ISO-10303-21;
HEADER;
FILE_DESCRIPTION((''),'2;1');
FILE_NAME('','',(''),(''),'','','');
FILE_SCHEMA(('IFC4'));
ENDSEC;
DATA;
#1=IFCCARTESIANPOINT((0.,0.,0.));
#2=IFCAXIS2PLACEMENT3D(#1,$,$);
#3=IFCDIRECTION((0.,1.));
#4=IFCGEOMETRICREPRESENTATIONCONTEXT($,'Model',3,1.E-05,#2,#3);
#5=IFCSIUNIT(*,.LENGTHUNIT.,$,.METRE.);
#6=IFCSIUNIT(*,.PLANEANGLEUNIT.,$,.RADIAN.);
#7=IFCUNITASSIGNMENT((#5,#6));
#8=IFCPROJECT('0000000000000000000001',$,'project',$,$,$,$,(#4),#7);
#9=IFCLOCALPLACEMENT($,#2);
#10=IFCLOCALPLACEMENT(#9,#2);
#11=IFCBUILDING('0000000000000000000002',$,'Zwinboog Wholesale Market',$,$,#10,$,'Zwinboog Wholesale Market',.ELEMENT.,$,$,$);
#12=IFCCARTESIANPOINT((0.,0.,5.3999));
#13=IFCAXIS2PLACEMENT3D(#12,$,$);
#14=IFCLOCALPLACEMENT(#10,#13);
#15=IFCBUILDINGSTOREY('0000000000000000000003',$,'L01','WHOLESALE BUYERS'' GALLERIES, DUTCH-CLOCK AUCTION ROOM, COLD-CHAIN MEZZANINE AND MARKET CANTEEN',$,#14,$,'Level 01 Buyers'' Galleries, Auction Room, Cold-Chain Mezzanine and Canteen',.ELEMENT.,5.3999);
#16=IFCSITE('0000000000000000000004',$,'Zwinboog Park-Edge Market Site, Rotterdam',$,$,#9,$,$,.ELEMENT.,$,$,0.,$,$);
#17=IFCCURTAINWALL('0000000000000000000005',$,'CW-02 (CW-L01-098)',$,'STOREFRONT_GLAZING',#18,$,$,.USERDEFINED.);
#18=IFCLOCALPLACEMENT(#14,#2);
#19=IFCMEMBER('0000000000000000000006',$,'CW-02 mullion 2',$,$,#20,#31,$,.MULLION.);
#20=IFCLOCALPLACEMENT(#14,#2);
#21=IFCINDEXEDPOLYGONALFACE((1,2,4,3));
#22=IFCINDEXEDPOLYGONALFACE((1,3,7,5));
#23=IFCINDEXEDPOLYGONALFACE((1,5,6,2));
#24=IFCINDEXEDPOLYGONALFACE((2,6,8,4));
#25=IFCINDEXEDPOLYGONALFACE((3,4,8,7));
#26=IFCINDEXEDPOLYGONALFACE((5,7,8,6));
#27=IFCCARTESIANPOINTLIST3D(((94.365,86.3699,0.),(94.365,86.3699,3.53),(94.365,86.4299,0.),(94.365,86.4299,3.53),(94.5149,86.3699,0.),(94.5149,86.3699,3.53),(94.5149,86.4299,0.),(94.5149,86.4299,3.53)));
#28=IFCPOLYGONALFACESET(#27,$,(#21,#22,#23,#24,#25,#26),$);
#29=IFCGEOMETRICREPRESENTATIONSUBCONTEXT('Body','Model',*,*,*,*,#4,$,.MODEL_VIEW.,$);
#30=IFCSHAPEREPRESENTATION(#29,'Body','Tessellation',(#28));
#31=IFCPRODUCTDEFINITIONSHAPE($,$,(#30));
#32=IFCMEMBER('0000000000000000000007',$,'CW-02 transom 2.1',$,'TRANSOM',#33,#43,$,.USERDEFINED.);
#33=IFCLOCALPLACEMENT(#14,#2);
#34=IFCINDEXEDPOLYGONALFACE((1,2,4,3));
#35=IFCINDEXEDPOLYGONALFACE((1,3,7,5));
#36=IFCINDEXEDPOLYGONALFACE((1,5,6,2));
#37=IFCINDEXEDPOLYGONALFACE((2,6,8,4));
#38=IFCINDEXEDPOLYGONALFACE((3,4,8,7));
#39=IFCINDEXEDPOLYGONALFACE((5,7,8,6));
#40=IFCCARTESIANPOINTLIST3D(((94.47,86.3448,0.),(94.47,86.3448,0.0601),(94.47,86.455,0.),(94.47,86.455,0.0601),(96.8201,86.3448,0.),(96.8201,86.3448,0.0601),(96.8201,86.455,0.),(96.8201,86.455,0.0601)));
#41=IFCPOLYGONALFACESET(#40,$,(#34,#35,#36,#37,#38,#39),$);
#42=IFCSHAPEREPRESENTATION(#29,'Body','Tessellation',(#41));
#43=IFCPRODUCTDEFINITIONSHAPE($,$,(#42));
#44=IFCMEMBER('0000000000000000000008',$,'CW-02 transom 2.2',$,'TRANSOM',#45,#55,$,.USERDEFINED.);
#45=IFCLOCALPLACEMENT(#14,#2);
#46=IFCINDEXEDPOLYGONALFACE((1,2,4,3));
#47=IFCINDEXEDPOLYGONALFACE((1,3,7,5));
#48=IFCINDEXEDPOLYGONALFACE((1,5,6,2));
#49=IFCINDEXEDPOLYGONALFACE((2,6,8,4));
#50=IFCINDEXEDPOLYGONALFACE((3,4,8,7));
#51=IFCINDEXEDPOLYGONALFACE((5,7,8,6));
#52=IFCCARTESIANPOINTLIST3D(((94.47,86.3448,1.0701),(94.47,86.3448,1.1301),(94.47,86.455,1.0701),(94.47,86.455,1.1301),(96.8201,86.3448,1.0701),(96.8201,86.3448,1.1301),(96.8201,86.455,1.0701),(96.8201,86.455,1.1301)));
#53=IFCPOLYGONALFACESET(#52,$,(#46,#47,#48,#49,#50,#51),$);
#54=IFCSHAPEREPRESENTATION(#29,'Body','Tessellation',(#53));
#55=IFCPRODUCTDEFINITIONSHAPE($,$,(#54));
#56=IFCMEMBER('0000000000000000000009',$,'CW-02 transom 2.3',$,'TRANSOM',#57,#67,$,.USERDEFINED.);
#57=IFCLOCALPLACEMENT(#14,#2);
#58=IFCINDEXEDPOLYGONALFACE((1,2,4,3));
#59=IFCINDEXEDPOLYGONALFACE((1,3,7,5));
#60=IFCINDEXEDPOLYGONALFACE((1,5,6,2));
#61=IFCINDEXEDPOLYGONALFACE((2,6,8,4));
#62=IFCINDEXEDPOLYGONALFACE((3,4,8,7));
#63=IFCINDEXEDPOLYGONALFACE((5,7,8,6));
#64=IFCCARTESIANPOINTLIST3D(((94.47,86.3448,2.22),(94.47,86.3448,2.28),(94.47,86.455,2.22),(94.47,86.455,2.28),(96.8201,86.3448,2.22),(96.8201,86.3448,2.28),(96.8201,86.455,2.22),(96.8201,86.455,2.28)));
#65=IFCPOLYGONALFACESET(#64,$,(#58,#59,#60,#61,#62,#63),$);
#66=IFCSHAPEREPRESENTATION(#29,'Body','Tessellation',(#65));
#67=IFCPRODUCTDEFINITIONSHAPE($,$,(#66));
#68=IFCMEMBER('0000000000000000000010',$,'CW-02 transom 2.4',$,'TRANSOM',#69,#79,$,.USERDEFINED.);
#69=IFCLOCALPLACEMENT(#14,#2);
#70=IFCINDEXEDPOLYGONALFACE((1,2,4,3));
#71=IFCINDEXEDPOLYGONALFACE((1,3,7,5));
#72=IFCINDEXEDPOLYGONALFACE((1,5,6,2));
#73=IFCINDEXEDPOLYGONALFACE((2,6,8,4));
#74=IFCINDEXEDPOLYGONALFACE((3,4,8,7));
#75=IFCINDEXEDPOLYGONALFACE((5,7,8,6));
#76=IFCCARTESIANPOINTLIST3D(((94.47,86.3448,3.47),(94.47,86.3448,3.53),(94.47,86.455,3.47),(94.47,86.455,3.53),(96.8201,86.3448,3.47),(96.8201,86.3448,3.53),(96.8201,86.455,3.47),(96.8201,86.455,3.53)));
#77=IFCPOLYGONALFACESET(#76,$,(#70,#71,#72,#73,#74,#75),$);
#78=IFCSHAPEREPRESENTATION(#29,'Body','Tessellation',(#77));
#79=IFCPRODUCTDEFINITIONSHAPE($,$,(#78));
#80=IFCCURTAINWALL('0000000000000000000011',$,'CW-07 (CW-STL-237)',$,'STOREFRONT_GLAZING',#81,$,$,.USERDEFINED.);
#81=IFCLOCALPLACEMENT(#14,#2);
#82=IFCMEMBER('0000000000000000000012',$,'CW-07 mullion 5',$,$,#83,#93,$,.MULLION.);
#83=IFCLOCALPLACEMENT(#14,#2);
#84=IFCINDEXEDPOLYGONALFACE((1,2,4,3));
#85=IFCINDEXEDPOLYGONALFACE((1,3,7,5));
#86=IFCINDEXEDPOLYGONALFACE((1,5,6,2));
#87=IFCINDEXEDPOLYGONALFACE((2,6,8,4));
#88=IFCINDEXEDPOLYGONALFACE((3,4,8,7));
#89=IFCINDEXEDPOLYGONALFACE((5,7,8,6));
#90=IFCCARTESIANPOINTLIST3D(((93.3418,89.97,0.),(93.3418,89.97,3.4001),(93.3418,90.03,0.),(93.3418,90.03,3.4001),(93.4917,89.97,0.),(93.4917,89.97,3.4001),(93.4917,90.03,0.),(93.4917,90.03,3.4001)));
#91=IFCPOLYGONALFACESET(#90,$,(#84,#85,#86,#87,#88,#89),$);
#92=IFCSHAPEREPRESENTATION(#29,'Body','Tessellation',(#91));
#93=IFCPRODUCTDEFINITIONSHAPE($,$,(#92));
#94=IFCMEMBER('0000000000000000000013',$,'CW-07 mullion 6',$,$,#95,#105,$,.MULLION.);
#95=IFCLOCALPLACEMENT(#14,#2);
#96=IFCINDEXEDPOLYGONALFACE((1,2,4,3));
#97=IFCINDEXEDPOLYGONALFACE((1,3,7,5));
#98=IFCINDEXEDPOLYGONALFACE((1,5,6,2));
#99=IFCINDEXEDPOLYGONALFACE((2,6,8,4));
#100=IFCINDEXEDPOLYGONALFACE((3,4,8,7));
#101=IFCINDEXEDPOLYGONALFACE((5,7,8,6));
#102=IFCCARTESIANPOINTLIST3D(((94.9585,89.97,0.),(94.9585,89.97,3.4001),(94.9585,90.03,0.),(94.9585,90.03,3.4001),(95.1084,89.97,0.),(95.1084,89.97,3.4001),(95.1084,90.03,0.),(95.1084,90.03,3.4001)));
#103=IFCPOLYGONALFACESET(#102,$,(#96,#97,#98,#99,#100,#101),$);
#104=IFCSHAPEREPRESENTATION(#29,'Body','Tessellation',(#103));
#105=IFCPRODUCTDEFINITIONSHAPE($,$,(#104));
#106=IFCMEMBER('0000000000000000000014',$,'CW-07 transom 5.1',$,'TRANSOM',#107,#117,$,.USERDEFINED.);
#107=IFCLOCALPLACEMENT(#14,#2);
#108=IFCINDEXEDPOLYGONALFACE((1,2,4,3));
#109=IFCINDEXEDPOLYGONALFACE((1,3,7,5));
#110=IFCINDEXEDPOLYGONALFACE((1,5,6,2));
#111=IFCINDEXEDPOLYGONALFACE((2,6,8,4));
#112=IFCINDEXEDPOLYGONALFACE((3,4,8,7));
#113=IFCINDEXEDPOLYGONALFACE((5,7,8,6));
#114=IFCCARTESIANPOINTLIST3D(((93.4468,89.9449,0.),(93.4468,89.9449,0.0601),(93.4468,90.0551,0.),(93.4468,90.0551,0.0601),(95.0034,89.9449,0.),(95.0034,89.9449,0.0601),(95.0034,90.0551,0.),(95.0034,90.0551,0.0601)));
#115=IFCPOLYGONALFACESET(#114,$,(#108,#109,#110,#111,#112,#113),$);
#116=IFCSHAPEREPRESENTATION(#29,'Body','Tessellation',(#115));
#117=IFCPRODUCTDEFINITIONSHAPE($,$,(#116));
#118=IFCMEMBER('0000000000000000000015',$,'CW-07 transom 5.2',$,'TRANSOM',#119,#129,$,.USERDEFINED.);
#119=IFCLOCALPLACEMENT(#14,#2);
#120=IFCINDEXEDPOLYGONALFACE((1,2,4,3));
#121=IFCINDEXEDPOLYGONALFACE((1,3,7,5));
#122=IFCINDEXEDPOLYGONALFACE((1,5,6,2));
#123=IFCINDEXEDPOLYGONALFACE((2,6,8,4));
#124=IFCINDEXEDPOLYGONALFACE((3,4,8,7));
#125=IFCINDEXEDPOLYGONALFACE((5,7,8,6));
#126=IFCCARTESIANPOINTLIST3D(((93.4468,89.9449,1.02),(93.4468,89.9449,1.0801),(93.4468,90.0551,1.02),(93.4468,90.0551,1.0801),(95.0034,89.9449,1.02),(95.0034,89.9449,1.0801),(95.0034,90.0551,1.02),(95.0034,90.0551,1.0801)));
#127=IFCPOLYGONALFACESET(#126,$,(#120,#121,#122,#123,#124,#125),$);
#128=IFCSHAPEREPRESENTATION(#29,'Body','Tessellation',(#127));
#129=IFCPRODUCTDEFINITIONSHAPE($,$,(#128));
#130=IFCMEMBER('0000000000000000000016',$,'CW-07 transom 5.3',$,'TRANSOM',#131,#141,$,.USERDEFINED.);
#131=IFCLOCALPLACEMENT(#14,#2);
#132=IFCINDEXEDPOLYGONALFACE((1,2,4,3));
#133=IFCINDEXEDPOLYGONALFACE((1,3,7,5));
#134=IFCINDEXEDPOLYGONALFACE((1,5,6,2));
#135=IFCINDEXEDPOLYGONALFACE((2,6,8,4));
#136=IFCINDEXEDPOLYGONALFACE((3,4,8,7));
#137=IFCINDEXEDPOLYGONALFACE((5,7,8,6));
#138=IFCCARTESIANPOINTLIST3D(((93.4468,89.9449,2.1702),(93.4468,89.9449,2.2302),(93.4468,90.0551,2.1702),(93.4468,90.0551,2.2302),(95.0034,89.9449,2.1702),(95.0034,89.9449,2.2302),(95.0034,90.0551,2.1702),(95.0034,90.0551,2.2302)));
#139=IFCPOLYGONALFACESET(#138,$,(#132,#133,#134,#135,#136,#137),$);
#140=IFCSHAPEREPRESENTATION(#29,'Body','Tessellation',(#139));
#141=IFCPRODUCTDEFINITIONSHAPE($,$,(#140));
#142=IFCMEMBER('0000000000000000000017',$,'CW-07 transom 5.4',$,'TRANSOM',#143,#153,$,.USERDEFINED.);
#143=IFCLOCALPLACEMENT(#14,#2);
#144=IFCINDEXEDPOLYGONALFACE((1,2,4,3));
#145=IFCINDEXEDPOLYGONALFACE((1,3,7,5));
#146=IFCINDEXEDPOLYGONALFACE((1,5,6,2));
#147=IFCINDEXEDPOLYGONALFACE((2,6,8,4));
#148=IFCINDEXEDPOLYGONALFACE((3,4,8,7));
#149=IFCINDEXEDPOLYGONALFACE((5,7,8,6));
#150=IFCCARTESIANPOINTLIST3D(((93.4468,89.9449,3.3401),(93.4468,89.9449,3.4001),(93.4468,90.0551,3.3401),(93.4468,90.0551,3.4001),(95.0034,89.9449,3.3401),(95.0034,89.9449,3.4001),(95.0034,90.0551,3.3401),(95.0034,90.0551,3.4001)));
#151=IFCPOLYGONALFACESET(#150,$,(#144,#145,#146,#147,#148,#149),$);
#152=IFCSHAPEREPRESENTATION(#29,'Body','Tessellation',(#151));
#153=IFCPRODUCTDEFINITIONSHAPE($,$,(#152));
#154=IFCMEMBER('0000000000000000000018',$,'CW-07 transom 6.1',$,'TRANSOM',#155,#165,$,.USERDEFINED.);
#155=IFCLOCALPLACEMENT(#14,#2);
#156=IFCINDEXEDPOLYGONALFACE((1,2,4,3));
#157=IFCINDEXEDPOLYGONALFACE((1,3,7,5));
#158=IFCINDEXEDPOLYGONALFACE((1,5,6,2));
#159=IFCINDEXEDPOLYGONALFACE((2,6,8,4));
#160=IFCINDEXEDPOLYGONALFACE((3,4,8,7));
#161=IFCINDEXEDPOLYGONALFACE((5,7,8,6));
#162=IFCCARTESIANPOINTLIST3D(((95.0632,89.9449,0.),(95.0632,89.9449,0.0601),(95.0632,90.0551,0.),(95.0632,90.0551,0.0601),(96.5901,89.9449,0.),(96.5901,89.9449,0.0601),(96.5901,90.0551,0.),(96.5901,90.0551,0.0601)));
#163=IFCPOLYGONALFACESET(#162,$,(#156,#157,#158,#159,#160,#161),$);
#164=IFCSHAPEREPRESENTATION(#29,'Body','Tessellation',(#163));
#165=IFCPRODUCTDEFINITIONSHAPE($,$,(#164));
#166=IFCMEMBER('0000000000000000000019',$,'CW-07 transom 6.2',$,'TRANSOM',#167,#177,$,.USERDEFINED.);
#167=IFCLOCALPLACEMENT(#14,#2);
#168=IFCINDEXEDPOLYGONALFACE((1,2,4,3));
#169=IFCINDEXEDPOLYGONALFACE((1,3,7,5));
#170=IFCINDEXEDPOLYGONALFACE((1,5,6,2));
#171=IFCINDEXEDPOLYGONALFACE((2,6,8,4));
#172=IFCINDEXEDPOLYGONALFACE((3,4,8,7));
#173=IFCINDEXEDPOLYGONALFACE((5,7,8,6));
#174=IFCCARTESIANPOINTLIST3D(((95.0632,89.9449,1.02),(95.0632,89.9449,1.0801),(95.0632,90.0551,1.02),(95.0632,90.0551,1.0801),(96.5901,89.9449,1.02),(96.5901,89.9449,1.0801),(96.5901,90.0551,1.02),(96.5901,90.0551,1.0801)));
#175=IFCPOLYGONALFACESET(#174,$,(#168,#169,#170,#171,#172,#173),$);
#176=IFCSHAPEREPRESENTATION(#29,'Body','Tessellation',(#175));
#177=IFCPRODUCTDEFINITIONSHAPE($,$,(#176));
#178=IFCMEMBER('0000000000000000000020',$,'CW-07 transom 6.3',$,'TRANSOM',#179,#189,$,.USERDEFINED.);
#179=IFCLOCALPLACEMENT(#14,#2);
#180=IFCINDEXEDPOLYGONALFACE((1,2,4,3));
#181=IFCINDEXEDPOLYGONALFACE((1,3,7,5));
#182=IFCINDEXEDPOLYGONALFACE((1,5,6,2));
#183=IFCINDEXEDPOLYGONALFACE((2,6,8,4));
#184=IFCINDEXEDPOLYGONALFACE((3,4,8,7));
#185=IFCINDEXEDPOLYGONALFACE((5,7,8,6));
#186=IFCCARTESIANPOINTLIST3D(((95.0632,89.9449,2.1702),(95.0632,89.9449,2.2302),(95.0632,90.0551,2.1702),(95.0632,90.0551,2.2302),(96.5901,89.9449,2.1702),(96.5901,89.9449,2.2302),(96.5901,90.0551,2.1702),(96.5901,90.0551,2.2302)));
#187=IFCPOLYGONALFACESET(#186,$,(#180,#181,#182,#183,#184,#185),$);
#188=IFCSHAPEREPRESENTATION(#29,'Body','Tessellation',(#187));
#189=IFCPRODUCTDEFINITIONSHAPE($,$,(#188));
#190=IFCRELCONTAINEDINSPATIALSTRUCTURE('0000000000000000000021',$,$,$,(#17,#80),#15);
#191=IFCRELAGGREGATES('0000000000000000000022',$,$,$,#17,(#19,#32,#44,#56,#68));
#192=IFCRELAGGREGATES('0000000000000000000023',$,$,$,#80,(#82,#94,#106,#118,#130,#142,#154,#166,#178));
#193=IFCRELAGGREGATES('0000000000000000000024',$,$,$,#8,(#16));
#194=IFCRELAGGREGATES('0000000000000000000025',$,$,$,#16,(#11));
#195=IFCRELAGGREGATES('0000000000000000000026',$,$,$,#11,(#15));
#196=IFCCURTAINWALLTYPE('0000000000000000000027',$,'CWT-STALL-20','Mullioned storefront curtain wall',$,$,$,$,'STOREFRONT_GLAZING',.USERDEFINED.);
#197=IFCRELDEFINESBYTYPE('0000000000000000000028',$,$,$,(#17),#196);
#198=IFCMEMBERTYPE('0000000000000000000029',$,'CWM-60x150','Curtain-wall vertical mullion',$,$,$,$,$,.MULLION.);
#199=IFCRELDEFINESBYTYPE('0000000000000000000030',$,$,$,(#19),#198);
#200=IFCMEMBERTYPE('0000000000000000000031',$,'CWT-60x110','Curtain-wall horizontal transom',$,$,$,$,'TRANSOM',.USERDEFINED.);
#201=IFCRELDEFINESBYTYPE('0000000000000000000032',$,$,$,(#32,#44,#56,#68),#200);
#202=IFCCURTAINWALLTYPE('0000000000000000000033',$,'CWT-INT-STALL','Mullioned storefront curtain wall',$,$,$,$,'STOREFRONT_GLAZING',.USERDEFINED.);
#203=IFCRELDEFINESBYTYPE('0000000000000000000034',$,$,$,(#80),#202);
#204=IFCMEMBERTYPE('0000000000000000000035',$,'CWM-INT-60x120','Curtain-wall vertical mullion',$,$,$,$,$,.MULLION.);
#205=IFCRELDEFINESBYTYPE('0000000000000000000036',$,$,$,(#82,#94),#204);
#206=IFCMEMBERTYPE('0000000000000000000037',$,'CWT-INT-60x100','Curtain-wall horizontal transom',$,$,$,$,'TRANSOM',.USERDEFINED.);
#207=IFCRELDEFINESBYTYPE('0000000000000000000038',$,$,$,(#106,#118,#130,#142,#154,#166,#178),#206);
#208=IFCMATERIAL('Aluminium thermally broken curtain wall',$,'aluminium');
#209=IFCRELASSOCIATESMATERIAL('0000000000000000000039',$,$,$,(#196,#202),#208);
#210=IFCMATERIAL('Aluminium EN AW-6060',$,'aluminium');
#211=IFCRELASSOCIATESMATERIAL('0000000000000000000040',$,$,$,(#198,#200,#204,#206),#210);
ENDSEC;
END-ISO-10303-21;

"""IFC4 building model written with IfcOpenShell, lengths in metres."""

from ifc_helpers import new_model, si_unit, direction, frame, origin, origin_2d, place, context, subcontext, project, spatial, rectangle, extrude, material, material_profile, profile_set, type_object, element, aggregate, save


model = new_model("IFC4")

# Units and contexts
model_context = context("Model", 3, precision=1e-05, world=origin(), true_north=direction((0.0, 1.0)))
body_context = subcontext(model_context, "Body", "Model", "MODEL_VIEW")
ifc_project = project(units=[si_unit("LENGTHUNIT", "METRE"), si_unit("PLANEANGLEUNIT", "RADIAN")], contexts=[model_context])

# Site, building, storey
site_placement = place(None, origin())
site = spatial("IfcSite", under=ifc_project, at=site_placement, Name="Zwinboog Park-Edge Market Site, Rotterdam", CompositionType="ELEMENT", RefElevation=0.0)
building_placement = place(site_placement, origin())
building = spatial("IfcBuilding", under=site, at=building_placement, Name="Zwinboog Wholesale Market", LongName="Zwinboog Wholesale Market", CompositionType="ELEMENT")
storey_placement = place(building_placement, frame((0.0, 0.0, 5.3999)))
storey = spatial("IfcBuildingStorey", under=building, at=storey_placement, Name="L01", Description="WHOLESALE BUYERS' GALLERIES, DUTCH-CLOCK AUCTION ROOM, COLD-CHAIN MEZZANINE AND MARKET CANTEEN", LongName="Level 01 Buyers' Galleries, Auction Room, Cold-Chain Mezzanine and Canteen", CompositionType="ELEMENT", Elevation=5.3999)

# Curtain walls, members
ifc_material_1 = material(Name="Aluminium thermally broken curtain wall", Category="aluminium")
curtain_wall_type_1 = type_object("IfcCurtainWallType", Name="CWT-STALL-20", Description="Mullioned storefront curtain wall", ElementType="STOREFRONT_GLAZING", PredefinedType="USERDEFINED", material=ifc_material_1)
curtain_wall_1_placement = place(storey_placement, origin())
curtain_wall_1 = element("IfcCurtainWall", 1, at=curtain_wall_1_placement, inside=storey, type_object=curtain_wall_type_1, Name="CW-02 (CW-L01-098)", ObjectType="STOREFRONT_GLAZING", PredefinedType="USERDEFINED")
ifc_material_2 = material(Name="Aluminium EN AW-6060", Category="aluminium")
ifc_material_profile_1 = material_profile(ifc_material_2, rectangle(XDim=0.0601, YDim=0.1499, at=origin_2d()), Name="AL 60x150")
ifc_profile_set_1 = profile_set([ifc_material_profile_1], Name="Aluminium EN AW-6060")
member_type_1 = type_object("IfcMemberType", Name="CWM-60x150", Description="Curtain-wall vertical mullion", PredefinedType="MULLION", material=ifc_profile_set_1)
member_1_placement = place(storey_placement, frame((94.4399, 86.3999, 0.0), z_axis=(0.0, 0.0, 1.0), x_axis=(0.0, 1.0, 0.0)))
member_1 = element("IfcMember", 2, at=member_1_placement, type_object=member_type_1, Name="CW-02 mullion 2", PredefinedType="MULLION", context=body_context, shape_type="SweptSolid", body=[
    extrude(rectangle(XDim=0.0601, YDim=0.1499, at=origin_2d()), origin(), (0.0, 0.0, 1.0), 3.53),
])
ifc_material_profile_2 = material_profile(ifc_material_2, rectangle(XDim=0.1101, YDim=0.0601, at=origin_2d()), Name="AL 60x110")
ifc_profile_set_2 = profile_set([ifc_material_profile_2], Name="Aluminium EN AW-6060")
member_type_2 = type_object("IfcMemberType", Name="CWT-60x110", Description="Curtain-wall horizontal transom", ElementType="TRANSOM", PredefinedType="USERDEFINED", material=ifc_profile_set_2)
member_2_placement = place(storey_placement, frame((94.47, 86.3999, 0.03), z_axis=(1.0, 0.0, 0.0), x_axis=(0.0, 1.0, 0.0)))
member_2 = element("IfcMember", 3, at=member_2_placement, type_object=member_type_2, Name="CW-02 transom 2.1", ObjectType="TRANSOM", PredefinedType="USERDEFINED", context=body_context, shape_type="SweptSolid", body=[
    extrude(rectangle(XDim=0.1101, YDim=0.0601, at=origin_2d()), origin(), (0.0, 0.0, 1.0), 2.3501),
])
member_3_placement = place(storey_placement, frame((94.47, 86.3999, 1.1001), z_axis=(1.0, 0.0, 0.0), x_axis=(0.0, 1.0, 0.0)))
member_3 = element("IfcMember", 4, at=member_3_placement, type_object=member_type_2, Name="CW-02 transom 2.2", ObjectType="TRANSOM", PredefinedType="USERDEFINED", context=body_context, shape_type="SweptSolid", body=[
    extrude(rectangle(XDim=0.1101, YDim=0.0601, at=origin_2d()), origin(), (0.0, 0.0, 1.0), 2.3501),
])
member_4_placement = place(storey_placement, frame((94.47, 86.3999, 2.25), z_axis=(1.0, 0.0, 0.0), x_axis=(0.0, 1.0, 0.0)))
member_4 = element("IfcMember", 5, at=member_4_placement, type_object=member_type_2, Name="CW-02 transom 2.3", ObjectType="TRANSOM", PredefinedType="USERDEFINED", context=body_context, shape_type="SweptSolid", body=[
    extrude(rectangle(XDim=0.1101, YDim=0.0601, at=origin_2d()), origin(), (0.0, 0.0, 1.0), 2.3501),
])
member_5_placement = place(storey_placement, frame((94.47, 86.3999, 3.5), z_axis=(1.0, 0.0, 0.0), x_axis=(0.0, 1.0, 0.0)))
member_5 = element("IfcMember", 6, at=member_5_placement, type_object=member_type_2, Name="CW-02 transom 2.4", ObjectType="TRANSOM", PredefinedType="USERDEFINED", context=body_context, shape_type="SweptSolid", body=[
    extrude(rectangle(XDim=0.1101, YDim=0.0601, at=origin_2d()), origin(), (0.0, 0.0, 1.0), 2.3501),
])
curtain_wall_type_2 = type_object("IfcCurtainWallType", Name="CWT-INT-STALL", Description="Mullioned storefront curtain wall", ElementType="STOREFRONT_GLAZING", PredefinedType="USERDEFINED", material=ifc_material_1)
curtain_wall_2_placement = place(storey_placement, origin())
curtain_wall_2 = element("IfcCurtainWall", 7, at=curtain_wall_2_placement, inside=storey, type_object=curtain_wall_type_2, Name="CW-07 (CW-STL-237)", ObjectType="STOREFRONT_GLAZING", PredefinedType="USERDEFINED")
ifc_material_profile_3 = material_profile(ifc_material_2, rectangle(XDim=0.0601, YDim=0.1499, at=origin_2d()), Name="AL 60x150")
ifc_profile_set_3 = profile_set([ifc_material_profile_3], Name="Aluminium EN AW-6060")
member_type_3 = type_object("IfcMemberType", Name="CWM-INT-60x120", Description="Curtain-wall vertical mullion", PredefinedType="MULLION", material=ifc_profile_set_3)
member_6_placement = place(storey_placement, frame((93.4167, 90.0, 0.0), z_axis=(0.0, 0.0, 1.0), x_axis=(0.0, 1.0, 0.0)))
member_6 = element("IfcMember", 8, at=member_6_placement, type_object=member_type_3, Name="CW-07 mullion 5", PredefinedType="MULLION", context=body_context, shape_type="SweptSolid", body=[
    extrude(rectangle(XDim=0.0601, YDim=0.1499, at=origin_2d()), origin(), (0.0, 0.0, 1.0), 3.4001),
])
member_7_placement = place(storey_placement, frame((95.0334, 90.0, 0.0), z_axis=(0.0, 0.0, 1.0), x_axis=(0.0, 1.0, 0.0)))
member_7 = element("IfcMember", 9, at=member_7_placement, type_object=member_type_3, Name="CW-07 mullion 6", PredefinedType="MULLION", context=body_context, shape_type="SweptSolid", body=[
    extrude(rectangle(XDim=0.0601, YDim=0.1499, at=origin_2d()), origin(), (0.0, 0.0, 1.0), 3.4001),
])
ifc_material_profile_4 = material_profile(ifc_material_2, rectangle(XDim=0.1101, YDim=0.0601, at=origin_2d()), Name="AL 60x110")
ifc_profile_set_4 = profile_set([ifc_material_profile_4], Name="Aluminium EN AW-6060")
member_type_4 = type_object("IfcMemberType", Name="CWT-INT-60x100", Description="Curtain-wall horizontal transom", ElementType="TRANSOM", PredefinedType="USERDEFINED", material=ifc_profile_set_4)
member_8_placement = place(storey_placement, frame((93.4468, 90.0, 0.03), z_axis=(1.0, 0.0, 0.0), x_axis=(0.0, 1.0, 0.0)))
member_8 = element("IfcMember", 10, at=member_8_placement, type_object=member_type_4, Name="CW-07 transom 5.1", ObjectType="TRANSOM", PredefinedType="USERDEFINED", context=body_context, shape_type="SweptSolid", body=[
    extrude(rectangle(XDim=0.1101, YDim=0.0601, at=origin_2d()), origin(), (0.0, 0.0, 1.0), 1.5566),
])
member_9_placement = place(storey_placement, frame((93.4468, 90.0, 1.05), z_axis=(1.0, 0.0, 0.0), x_axis=(0.0, 1.0, 0.0)))
member_9 = element("IfcMember", 11, at=member_9_placement, type_object=member_type_4, Name="CW-07 transom 5.2", ObjectType="TRANSOM", PredefinedType="USERDEFINED", context=body_context, shape_type="SweptSolid", body=[
    extrude(rectangle(XDim=0.1101, YDim=0.0601, at=origin_2d()), origin(), (0.0, 0.0, 1.0), 1.5566),
])
member_10_placement = place(storey_placement, frame((93.4468, 90.0, 2.2002), z_axis=(1.0, 0.0, 0.0), x_axis=(0.0, 1.0, 0.0)))
member_10 = element("IfcMember", 12, at=member_10_placement, type_object=member_type_4, Name="CW-07 transom 5.3", ObjectType="TRANSOM", PredefinedType="USERDEFINED", context=body_context, shape_type="SweptSolid", body=[
    extrude(rectangle(XDim=0.1101, YDim=0.0601, at=origin_2d()), origin(), (0.0, 0.0, 1.0), 1.5566),
])
member_11_placement = place(storey_placement, frame((93.4468, 90.0, 3.3701), z_axis=(1.0, 0.0, 0.0), x_axis=(0.0, 1.0, 0.0)))
member_11 = element("IfcMember", 13, at=member_11_placement, type_object=member_type_4, Name="CW-07 transom 5.4", ObjectType="TRANSOM", PredefinedType="USERDEFINED", context=body_context, shape_type="SweptSolid", body=[
    extrude(rectangle(XDim=0.1101, YDim=0.0601, at=origin_2d()), origin(), (0.0, 0.0, 1.0), 1.5566),
])
member_12_placement = place(storey_placement, frame((95.0632, 90.0, 0.03), z_axis=(1.0, 0.0, 0.0), x_axis=(0.0, 1.0, 0.0)))
member_12 = element("IfcMember", 14, at=member_12_placement, type_object=member_type_4, Name="CW-07 transom 6.1", ObjectType="TRANSOM", PredefinedType="USERDEFINED", context=body_context, shape_type="SweptSolid", body=[
    extrude(rectangle(XDim=0.1101, YDim=0.0601, at=origin_2d()), origin(), (0.0, 0.0, 1.0), 1.5269),
])
member_13_placement = place(storey_placement, frame((95.0632, 90.0, 1.05), z_axis=(1.0, 0.0, 0.0), x_axis=(0.0, 1.0, 0.0)))
member_13 = element("IfcMember", 15, at=member_13_placement, type_object=member_type_4, Name="CW-07 transom 6.2", ObjectType="TRANSOM", PredefinedType="USERDEFINED", context=body_context, shape_type="SweptSolid", body=[
    extrude(rectangle(XDim=0.1101, YDim=0.0601, at=origin_2d()), origin(), (0.0, 0.0, 1.0), 1.5269),
])
member_14_placement = place(storey_placement, frame((95.0632, 90.0, 2.2002), z_axis=(1.0, 0.0, 0.0), x_axis=(0.0, 1.0, 0.0)))
member_14 = element("IfcMember", 16, at=member_14_placement, type_object=member_type_4, Name="CW-07 transom 6.3", ObjectType="TRANSOM", PredefinedType="USERDEFINED", context=body_context, shape_type="SweptSolid", body=[
    extrude(rectangle(XDim=0.1101, YDim=0.0601, at=origin_2d()), origin(), (0.0, 0.0, 1.0), 1.5269),
])

aggregate(curtain_wall_1, [member_1, member_2, member_3, member_4, member_5])
aggregate(curtain_wall_2, [member_6, member_7, member_8, member_9, member_10, member_11, member_12, member_13, member_14])

save(model, "model.ifc")
